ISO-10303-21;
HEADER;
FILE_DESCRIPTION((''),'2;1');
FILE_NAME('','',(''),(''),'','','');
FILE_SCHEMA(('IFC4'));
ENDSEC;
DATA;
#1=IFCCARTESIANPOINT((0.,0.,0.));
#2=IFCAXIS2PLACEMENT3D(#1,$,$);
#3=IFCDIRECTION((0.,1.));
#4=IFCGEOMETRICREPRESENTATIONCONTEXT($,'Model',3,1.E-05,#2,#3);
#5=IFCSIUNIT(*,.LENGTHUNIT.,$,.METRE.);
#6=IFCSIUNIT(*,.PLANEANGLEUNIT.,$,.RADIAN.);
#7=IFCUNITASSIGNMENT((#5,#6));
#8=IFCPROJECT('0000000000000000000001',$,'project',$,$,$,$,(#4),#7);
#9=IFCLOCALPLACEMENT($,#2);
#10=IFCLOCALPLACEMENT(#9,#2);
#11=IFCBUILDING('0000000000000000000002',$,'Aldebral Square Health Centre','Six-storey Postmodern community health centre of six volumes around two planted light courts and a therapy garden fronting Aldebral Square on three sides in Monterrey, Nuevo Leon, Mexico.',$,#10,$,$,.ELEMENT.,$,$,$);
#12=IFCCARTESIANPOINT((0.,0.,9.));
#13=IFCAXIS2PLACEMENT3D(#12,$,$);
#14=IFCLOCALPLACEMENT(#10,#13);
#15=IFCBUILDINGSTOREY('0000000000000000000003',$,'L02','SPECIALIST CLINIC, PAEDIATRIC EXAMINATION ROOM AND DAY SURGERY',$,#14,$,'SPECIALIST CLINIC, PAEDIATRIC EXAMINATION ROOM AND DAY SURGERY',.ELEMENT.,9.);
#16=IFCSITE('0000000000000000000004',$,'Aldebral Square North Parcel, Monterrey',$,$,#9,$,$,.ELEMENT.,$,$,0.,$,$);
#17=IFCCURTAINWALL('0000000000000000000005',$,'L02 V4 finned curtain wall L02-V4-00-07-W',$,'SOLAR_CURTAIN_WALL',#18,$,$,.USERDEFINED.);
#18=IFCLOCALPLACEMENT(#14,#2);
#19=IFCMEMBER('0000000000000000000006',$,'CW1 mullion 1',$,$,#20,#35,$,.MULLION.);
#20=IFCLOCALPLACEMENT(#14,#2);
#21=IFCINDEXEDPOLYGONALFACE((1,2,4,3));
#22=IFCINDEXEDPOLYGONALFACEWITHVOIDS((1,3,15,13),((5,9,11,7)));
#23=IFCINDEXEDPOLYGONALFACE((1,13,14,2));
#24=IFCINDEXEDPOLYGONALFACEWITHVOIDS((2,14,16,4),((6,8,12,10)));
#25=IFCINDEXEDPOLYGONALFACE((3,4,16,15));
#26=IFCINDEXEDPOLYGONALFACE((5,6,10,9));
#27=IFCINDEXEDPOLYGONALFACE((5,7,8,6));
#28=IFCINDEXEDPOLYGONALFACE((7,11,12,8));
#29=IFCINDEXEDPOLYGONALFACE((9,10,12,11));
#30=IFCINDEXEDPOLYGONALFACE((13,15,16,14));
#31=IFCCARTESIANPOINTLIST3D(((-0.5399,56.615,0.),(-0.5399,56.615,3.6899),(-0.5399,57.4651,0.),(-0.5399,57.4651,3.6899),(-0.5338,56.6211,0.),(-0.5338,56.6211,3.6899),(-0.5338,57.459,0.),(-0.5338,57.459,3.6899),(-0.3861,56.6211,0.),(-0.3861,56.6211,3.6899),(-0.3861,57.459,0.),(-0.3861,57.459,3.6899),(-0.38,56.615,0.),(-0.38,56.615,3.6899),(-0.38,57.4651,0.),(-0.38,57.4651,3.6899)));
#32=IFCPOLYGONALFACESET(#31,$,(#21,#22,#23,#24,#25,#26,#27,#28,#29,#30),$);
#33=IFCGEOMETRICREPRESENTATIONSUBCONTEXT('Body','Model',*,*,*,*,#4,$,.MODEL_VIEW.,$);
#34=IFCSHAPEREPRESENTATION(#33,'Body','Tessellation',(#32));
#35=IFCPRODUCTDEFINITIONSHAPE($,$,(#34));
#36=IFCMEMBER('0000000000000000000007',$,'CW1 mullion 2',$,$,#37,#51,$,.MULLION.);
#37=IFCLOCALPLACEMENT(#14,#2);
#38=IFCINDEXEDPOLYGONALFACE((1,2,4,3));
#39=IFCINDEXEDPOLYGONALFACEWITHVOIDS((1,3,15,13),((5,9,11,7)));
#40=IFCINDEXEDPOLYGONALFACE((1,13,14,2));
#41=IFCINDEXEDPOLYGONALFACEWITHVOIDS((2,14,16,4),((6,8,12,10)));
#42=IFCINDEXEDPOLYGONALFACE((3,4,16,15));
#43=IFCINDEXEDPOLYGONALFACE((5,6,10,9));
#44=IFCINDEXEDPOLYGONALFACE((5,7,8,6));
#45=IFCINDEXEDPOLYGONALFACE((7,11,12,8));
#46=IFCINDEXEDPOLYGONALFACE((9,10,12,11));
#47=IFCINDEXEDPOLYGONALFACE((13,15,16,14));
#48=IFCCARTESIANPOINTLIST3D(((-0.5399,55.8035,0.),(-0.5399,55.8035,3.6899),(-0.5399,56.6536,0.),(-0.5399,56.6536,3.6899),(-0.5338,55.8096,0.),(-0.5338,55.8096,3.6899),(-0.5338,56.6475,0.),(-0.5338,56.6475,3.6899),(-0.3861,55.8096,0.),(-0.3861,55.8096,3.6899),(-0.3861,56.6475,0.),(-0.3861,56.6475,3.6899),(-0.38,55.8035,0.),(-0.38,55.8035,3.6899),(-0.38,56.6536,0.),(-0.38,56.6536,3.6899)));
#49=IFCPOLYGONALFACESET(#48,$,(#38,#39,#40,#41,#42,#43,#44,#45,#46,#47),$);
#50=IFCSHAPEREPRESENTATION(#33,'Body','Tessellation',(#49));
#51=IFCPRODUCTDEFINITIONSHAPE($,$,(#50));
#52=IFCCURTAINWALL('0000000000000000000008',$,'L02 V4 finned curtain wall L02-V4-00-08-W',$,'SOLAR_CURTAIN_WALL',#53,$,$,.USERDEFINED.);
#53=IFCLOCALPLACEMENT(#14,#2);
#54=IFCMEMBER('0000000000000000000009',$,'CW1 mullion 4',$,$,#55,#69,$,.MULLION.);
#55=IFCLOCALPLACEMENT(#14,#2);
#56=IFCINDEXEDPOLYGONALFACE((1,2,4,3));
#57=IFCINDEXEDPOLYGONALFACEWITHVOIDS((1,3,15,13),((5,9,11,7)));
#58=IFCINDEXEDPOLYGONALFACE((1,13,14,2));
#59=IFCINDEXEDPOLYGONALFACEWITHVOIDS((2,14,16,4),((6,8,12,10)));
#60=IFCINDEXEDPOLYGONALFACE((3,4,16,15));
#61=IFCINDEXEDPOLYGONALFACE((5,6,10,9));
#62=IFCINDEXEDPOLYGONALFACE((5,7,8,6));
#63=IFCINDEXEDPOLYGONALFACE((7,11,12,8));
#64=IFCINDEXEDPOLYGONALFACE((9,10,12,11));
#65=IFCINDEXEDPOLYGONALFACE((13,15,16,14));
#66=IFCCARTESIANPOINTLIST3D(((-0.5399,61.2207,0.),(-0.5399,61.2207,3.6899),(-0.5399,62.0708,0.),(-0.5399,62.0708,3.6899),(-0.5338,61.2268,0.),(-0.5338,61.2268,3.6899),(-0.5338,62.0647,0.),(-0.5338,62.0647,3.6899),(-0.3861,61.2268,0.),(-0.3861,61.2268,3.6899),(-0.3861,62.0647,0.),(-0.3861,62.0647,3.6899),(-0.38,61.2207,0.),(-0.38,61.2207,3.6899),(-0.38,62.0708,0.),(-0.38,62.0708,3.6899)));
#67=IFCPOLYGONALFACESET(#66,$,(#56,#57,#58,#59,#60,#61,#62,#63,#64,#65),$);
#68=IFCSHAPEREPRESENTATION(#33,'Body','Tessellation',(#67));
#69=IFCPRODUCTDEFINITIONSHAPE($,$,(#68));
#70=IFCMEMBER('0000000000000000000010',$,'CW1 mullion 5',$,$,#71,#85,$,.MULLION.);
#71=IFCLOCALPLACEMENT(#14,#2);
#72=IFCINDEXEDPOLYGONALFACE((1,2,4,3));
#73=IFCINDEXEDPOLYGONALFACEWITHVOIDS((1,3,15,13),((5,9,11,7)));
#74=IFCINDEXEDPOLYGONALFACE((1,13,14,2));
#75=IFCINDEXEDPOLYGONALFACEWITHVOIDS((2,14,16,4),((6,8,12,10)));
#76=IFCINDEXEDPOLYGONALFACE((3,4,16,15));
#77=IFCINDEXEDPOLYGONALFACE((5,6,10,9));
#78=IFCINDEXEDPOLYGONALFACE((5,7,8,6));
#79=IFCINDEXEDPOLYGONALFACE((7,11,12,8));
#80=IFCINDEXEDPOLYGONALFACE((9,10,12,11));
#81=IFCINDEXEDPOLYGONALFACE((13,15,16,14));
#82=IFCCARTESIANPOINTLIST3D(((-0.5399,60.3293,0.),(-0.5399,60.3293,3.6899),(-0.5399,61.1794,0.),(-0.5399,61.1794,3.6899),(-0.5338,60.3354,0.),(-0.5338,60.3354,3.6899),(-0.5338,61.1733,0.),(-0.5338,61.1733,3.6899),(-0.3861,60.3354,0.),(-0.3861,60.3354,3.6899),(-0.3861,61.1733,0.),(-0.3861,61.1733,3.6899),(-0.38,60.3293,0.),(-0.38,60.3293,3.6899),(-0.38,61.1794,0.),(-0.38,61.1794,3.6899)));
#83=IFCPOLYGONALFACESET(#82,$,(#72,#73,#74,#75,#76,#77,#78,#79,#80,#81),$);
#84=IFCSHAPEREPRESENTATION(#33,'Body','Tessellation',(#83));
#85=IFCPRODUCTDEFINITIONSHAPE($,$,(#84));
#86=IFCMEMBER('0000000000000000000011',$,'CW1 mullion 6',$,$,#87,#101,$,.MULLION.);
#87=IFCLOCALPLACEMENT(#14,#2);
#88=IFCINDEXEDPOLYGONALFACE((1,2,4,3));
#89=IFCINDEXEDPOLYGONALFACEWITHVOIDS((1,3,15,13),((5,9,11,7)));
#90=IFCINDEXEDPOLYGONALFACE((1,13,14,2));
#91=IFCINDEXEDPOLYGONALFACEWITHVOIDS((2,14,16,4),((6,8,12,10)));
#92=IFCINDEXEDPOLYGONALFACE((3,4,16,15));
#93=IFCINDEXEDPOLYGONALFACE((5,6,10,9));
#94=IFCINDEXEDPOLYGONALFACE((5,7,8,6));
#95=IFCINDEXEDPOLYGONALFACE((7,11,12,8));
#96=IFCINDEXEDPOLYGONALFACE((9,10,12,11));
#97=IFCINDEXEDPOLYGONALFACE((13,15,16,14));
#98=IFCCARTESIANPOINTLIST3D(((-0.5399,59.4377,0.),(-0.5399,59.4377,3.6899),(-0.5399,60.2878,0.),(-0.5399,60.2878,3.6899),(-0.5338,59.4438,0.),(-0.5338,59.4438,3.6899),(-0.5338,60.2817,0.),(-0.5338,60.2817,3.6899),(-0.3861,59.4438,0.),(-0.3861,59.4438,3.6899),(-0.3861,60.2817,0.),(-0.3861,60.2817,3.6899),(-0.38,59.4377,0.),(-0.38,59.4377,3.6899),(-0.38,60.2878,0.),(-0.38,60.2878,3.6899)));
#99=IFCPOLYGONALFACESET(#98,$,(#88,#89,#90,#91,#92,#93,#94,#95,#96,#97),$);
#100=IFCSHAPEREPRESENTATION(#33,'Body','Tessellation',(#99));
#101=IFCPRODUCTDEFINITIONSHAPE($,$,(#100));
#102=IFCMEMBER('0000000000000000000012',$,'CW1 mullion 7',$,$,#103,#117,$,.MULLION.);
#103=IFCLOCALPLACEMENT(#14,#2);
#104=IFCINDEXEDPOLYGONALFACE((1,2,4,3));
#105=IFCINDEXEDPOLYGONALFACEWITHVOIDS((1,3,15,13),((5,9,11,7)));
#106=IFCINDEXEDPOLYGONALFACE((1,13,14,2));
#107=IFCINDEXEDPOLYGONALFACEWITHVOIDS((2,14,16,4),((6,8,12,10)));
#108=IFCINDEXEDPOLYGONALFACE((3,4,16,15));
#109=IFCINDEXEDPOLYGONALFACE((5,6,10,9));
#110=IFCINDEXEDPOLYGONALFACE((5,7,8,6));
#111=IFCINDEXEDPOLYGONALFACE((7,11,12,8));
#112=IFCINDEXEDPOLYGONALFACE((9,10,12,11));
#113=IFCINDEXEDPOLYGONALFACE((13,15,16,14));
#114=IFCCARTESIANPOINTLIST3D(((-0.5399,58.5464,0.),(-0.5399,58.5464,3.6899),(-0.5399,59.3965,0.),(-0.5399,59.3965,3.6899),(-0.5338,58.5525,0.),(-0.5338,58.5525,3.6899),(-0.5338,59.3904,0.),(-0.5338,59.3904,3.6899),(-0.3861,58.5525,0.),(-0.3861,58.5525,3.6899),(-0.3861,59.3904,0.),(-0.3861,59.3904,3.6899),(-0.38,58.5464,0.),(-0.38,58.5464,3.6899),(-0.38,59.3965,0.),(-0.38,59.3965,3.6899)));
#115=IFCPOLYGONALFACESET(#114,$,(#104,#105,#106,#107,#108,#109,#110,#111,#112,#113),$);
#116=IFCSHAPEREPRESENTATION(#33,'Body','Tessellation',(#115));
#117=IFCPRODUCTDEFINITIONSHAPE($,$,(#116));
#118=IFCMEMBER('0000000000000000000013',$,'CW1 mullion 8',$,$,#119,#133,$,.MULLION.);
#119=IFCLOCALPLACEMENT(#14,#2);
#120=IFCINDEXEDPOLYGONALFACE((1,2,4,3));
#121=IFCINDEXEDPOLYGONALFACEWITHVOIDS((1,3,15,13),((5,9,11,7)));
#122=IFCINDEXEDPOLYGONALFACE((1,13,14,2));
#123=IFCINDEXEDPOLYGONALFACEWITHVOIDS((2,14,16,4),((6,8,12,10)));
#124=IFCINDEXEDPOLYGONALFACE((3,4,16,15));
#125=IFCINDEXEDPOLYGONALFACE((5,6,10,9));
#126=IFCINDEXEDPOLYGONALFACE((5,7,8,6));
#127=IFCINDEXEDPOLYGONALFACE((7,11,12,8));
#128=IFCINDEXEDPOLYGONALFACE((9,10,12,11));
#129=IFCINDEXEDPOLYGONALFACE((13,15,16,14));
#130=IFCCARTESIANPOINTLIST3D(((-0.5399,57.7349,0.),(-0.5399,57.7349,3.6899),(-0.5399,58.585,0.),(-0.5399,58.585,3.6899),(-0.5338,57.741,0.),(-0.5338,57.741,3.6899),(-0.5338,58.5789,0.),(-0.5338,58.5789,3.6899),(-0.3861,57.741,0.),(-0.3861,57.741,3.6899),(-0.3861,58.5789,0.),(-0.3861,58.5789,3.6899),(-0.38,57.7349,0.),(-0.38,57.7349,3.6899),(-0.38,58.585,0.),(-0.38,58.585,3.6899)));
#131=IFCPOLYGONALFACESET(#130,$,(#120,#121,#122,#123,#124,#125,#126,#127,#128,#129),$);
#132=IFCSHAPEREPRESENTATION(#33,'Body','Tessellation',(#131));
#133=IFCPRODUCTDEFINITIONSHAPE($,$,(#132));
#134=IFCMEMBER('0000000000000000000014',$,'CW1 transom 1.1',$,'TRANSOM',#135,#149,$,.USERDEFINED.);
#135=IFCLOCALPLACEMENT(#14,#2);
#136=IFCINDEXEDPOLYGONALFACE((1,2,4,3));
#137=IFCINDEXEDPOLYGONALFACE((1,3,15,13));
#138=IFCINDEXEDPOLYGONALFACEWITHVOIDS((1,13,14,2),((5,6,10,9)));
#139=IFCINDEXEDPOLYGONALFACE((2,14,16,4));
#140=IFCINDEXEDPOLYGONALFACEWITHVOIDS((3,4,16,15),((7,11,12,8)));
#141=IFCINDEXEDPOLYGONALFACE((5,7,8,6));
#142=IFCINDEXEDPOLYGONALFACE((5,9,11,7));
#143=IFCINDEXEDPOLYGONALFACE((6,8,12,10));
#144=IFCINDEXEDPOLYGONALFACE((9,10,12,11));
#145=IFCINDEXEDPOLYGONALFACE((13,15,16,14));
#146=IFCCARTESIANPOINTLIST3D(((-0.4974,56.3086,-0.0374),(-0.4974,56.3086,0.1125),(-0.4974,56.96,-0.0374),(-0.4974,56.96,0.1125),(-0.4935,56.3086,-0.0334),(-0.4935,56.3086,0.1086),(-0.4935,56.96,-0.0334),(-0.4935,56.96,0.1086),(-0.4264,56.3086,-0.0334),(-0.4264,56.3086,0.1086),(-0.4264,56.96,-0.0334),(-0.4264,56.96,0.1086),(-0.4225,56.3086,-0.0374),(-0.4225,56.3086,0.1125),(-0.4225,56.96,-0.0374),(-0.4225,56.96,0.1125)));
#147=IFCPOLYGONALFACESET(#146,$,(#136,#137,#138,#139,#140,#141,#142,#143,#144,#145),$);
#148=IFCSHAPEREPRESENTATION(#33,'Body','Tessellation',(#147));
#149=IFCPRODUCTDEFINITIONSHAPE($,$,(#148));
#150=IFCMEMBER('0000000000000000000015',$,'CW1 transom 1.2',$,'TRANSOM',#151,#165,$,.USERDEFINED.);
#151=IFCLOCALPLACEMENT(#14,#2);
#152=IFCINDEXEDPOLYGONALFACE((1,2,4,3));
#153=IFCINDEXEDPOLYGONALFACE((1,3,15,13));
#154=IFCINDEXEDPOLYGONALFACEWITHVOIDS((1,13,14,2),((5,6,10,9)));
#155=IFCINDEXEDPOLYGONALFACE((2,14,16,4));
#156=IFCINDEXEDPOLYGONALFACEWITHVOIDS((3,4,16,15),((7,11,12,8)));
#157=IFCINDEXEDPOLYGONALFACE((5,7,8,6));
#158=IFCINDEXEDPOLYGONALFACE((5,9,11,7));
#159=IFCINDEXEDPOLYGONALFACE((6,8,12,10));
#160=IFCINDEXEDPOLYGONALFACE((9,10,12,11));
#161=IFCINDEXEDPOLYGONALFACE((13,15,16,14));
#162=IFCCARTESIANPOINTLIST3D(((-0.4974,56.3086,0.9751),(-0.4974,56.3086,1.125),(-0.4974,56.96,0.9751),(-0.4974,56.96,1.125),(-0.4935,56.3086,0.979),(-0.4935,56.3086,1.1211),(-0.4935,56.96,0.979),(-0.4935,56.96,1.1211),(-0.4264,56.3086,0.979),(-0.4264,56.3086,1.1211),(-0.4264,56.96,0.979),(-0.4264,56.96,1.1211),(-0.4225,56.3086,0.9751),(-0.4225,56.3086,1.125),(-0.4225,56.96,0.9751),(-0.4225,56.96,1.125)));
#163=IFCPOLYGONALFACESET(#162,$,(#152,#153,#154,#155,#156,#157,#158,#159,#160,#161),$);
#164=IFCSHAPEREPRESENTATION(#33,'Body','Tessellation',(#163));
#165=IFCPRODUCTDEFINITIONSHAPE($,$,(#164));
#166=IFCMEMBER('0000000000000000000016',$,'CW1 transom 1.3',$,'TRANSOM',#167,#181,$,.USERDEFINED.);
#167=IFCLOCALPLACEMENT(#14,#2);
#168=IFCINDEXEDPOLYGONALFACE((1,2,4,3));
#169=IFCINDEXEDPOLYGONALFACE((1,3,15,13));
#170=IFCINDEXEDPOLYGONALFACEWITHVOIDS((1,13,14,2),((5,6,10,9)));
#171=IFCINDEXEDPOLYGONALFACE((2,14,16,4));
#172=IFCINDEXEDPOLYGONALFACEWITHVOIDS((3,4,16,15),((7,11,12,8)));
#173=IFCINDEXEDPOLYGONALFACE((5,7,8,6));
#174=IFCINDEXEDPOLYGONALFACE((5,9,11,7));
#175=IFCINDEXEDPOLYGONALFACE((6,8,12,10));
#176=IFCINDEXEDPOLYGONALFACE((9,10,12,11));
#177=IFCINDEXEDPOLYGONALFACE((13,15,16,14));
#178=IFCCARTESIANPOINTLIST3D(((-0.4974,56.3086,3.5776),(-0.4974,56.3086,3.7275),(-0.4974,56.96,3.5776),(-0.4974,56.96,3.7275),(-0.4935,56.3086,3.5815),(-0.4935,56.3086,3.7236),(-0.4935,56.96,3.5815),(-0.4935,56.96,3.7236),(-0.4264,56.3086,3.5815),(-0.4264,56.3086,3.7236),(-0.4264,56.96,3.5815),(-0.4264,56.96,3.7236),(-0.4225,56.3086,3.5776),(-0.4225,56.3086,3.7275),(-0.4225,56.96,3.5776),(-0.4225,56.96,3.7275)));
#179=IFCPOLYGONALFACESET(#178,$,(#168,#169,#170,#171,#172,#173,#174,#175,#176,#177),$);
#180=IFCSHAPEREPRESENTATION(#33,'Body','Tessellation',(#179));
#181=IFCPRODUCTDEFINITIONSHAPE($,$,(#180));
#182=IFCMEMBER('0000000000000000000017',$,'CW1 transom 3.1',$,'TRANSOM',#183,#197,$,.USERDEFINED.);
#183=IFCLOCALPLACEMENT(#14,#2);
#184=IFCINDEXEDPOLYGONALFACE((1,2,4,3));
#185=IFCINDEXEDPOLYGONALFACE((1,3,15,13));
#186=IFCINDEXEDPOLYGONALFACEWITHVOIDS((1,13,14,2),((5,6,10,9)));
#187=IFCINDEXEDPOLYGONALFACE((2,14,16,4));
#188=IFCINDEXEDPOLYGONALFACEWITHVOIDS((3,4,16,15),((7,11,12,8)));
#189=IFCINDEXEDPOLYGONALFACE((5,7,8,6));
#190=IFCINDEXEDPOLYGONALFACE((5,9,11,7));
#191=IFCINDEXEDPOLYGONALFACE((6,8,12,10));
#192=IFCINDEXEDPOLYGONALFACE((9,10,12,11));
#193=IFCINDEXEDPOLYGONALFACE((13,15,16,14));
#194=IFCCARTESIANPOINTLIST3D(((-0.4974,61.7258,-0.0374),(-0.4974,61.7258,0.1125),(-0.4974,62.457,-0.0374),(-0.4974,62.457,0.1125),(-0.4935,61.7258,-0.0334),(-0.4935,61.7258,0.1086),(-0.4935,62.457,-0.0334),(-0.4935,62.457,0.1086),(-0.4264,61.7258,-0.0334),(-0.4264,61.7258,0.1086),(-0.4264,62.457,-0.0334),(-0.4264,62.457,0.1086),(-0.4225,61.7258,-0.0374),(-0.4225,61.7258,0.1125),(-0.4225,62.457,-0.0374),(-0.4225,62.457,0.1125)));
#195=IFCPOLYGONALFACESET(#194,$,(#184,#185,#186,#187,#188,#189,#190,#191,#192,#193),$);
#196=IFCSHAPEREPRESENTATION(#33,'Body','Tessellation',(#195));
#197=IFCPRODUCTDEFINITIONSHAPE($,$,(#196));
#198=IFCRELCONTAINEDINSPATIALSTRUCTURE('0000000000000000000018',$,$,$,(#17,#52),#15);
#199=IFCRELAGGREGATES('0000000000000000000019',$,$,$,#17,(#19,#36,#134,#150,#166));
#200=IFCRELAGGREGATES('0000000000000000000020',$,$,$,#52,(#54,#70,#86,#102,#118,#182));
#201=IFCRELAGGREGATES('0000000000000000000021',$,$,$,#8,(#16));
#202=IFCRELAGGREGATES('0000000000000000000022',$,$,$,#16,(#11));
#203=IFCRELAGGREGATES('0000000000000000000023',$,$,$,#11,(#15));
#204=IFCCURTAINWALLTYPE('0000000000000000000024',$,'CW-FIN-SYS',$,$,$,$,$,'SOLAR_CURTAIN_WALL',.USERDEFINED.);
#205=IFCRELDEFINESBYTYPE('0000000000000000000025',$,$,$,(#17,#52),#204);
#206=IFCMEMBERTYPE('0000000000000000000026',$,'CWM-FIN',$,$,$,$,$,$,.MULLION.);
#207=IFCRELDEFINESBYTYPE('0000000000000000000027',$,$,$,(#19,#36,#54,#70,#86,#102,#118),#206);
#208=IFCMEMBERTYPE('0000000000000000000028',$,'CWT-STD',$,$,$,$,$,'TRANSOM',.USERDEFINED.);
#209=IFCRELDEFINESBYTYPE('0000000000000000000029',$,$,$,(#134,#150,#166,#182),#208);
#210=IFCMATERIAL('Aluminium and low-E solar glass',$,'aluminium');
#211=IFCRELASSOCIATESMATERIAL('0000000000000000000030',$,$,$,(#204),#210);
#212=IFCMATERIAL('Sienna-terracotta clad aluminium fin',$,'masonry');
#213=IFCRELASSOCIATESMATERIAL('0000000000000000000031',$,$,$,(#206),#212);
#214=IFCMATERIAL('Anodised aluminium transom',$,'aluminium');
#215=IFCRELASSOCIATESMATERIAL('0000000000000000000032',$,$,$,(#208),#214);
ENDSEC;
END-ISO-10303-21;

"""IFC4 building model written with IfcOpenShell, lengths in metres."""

from ifc_helpers import new_model, si_unit, direction, frame, origin, origin_2d, place, context, subcontext, project, spatial, hollow_rectangle, extrude, material, material_profile, profile_set, type_object, element, aggregate, save


model = new_model("IFC4")

# Units and contexts
model_context = context("Model", 3, precision=1e-05, world=origin(), true_north=direction((0.0, 1.0)))
body_context = subcontext(model_context, "Body", "Model", "MODEL_VIEW")
ifc_project = project(units=[si_unit("LENGTHUNIT", "METRE"), si_unit("PLANEANGLEUNIT", "RADIAN")], contexts=[model_context])

# Site, building, storey
site_placement = place(None, origin())
site = spatial("IfcSite", under=ifc_project, at=site_placement, Name="Aldebral Square North Parcel, Monterrey", CompositionType="ELEMENT", RefElevation=0.0)
building_placement = place(site_placement, origin())
building = spatial("IfcBuilding", under=site, at=building_placement, Name="Aldebral Square Health Centre", Description="Six-storey Postmodern community health centre of six volumes around two planted light courts and a therapy garden fronting Aldebral Square on three sides in Monterrey, Nuevo Leon, Mexico.", CompositionType="ELEMENT")
storey_placement = place(building_placement, frame((0.0, 0.0, 9.0)))
storey = spatial("IfcBuildingStorey", under=building, at=storey_placement, Name="L02", Description="SPECIALIST CLINIC, PAEDIATRIC EXAMINATION ROOM AND DAY SURGERY", LongName="SPECIALIST CLINIC, PAEDIATRIC EXAMINATION ROOM AND DAY SURGERY", CompositionType="ELEMENT", Elevation=9.0)

# Curtain walls, members
ifc_material_1 = material(Name="Aluminium and low-E solar glass", Category="aluminium")
curtain_wall_type = type_object("IfcCurtainWallType", Name="CW-FIN-SYS", ElementType="SOLAR_CURTAIN_WALL", PredefinedType="USERDEFINED", material=ifc_material_1)
curtain_wall_1_placement = place(storey_placement, origin())
curtain_wall_1 = element("IfcCurtainWall", 1, at=curtain_wall_1_placement, inside=storey, type_object=curtain_wall_type, Name="L02 V4 finned curtain wall L02-V4-00-07-W", ObjectType="SOLAR_CURTAIN_WALL", PredefinedType="USERDEFINED")
ifc_material_2 = material(Name="Sienna-terracotta clad aluminium fin", Category="masonry")
ifc_material_profile_1 = material_profile(ifc_material_2, hollow_rectangle(XDim=0.1599, YDim=0.8501, WallThickness=0.0061, at=origin_2d()), Name="FIN 160x850x6")
ifc_profile_set_1 = profile_set([ifc_material_profile_1], Name="Sienna-terracotta clad aluminium fin")
member_type_1 = type_object("IfcMemberType", Name="CWM-FIN", PredefinedType="MULLION", material=ifc_profile_set_1)
member_1_placement = place(storey_placement, frame((-0.46, 57.04, 0.0), z_axis=(0.0, 0.0, 1.0), x_axis=(1.0, 0.0, 0.0)))
member_1 = element("IfcMember", 2, at=member_1_placement, type_object=member_type_1, Name="CW1 mullion 1", PredefinedType="MULLION", context=body_context, shape_type="SweptSolid", body=[
    extrude(hollow_rectangle(XDim=0.1599, YDim=0.8501, WallThickness=0.0061, at=origin_2d()), origin(), (0.0, 0.0, 1.0), 3.6899),
])
member_2_placement = place(storey_placement, frame((-0.46, 56.2285, 0.0), z_axis=(0.0, 0.0, 1.0), x_axis=(1.0, 0.0, 0.0)))
member_2 = element("IfcMember", 3, at=member_2_placement, type_object=member_type_1, Name="CW1 mullion 2", PredefinedType="MULLION", context=body_context, shape_type="SweptSolid", body=[
    extrude(hollow_rectangle(XDim=0.1599, YDim=0.8501, WallThickness=0.0061, at=origin_2d()), origin(), (0.0, 0.0, 1.0), 3.6899),
])
curtain_wall_2_placement = place(storey_placement, origin())
curtain_wall_2 = element("IfcCurtainWall", 4, at=curtain_wall_2_placement, inside=storey, type_object=curtain_wall_type, Name="L02 V4 finned curtain wall L02-V4-00-08-W", ObjectType="SOLAR_CURTAIN_WALL", PredefinedType="USERDEFINED")
member_3_placement = place(storey_placement, frame((-0.46, 61.6458, 0.0), z_axis=(0.0, 0.0, 1.0), x_axis=(1.0, 0.0, 0.0)))
member_3 = element("IfcMember", 5, at=member_3_placement, type_object=member_type_1, Name="CW1 mullion 4", PredefinedType="MULLION", context=body_context, shape_type="SweptSolid", body=[
    extrude(hollow_rectangle(XDim=0.1599, YDim=0.8501, WallThickness=0.0061, at=origin_2d()), origin(), (0.0, 0.0, 1.0), 3.6899),
])
member_4_placement = place(storey_placement, frame((-0.46, 60.7544, 0.0), z_axis=(0.0, 0.0, 1.0), x_axis=(1.0, 0.0, 0.0)))
member_4 = element("IfcMember", 6, at=member_4_placement, type_object=member_type_1, Name="CW1 mullion 5", PredefinedType="MULLION", context=body_context, shape_type="SweptSolid", body=[
    extrude(hollow_rectangle(XDim=0.1599, YDim=0.8501, WallThickness=0.0061, at=origin_2d()), origin(), (0.0, 0.0, 1.0), 3.6899),
])
member_5_placement = place(storey_placement, frame((-0.46, 59.8628, 0.0), z_axis=(0.0, 0.0, 1.0), x_axis=(1.0, 0.0, 0.0)))
member_5 = element("IfcMember", 7, at=member_5_placement, type_object=member_type_1, Name="CW1 mullion 6", PredefinedType="MULLION", context=body_context, shape_type="SweptSolid", body=[
    extrude(hollow_rectangle(XDim=0.1599, YDim=0.8501, WallThickness=0.0061, at=origin_2d()), origin(), (0.0, 0.0, 1.0), 3.6899),
])
member_6_placement = place(storey_placement, frame((-0.46, 58.9714, 0.0), z_axis=(0.0, 0.0, 1.0), x_axis=(1.0, 0.0, 0.0)))
member_6 = element("IfcMember", 8, at=member_6_placement, type_object=member_type_1, Name="CW1 mullion 7", PredefinedType="MULLION", context=body_context, shape_type="SweptSolid", body=[
    extrude(hollow_rectangle(XDim=0.1599, YDim=0.8501, WallThickness=0.0061, at=origin_2d()), origin(), (0.0, 0.0, 1.0), 3.6899),
])
member_7_placement = place(storey_placement, frame((-0.46, 58.1599, 0.0), z_axis=(0.0, 0.0, 1.0), x_axis=(1.0, 0.0, 0.0)))
member_7 = element("IfcMember", 9, at=member_7_placement, type_object=member_type_1, Name="CW1 mullion 8", PredefinedType="MULLION", context=body_context, shape_type="SweptSolid", body=[
    extrude(hollow_rectangle(XDim=0.1599, YDim=0.8501, WallThickness=0.0061, at=origin_2d()), origin(), (0.0, 0.0, 1.0), 3.6899),
])

# Members
ifc_material_3 = material(Name="Anodised aluminium transom", Category="aluminium")
ifc_material_profile_2 = material_profile(ifc_material_3, hollow_rectangle(XDim=0.075, YDim=0.1499, WallThickness=0.0039, at=origin_2d()), Name="CWT 75x150x4")
ifc_profile_set_2 = profile_set([ifc_material_profile_2], Name="Anodised aluminium transom")
member_type_2 = type_object("IfcMemberType", Name="CWT-STD", ElementType="TRANSOM", PredefinedType="USERDEFINED", material=ifc_profile_set_2)
member_8_placement = place(storey_placement, frame((-0.46, 56.96, 0.0376), z_axis=(0.0, -1.0, 0.0), x_axis=(1.0, 0.0, 0.0)))
member_8 = element("IfcMember", 10, at=member_8_placement, type_object=member_type_2, Name="CW1 transom 1.1", ObjectType="TRANSOM", PredefinedType="USERDEFINED", context=body_context, shape_type="SweptSolid", body=[
    extrude(hollow_rectangle(XDim=0.075, YDim=0.1499, WallThickness=0.0039, at=origin_2d()), origin(), (0.0, 0.0, 1.0), 0.6514),
])
member_9_placement = place(storey_placement, frame((-0.46, 56.96, 1.05), z_axis=(0.0, -1.0, 0.0), x_axis=(1.0, 0.0, 0.0)))
member_9 = element("IfcMember", 11, at=member_9_placement, type_object=member_type_2, Name="CW1 transom 1.2", ObjectType="TRANSOM", PredefinedType="USERDEFINED", context=body_context, shape_type="SweptSolid", body=[
    extrude(hollow_rectangle(XDim=0.075, YDim=0.1499, WallThickness=0.0039, at=origin_2d()), origin(), (0.0, 0.0, 1.0), 0.6514),
])
member_10_placement = place(storey_placement, frame((-0.46, 56.96, 3.6526), z_axis=(0.0, -1.0, 0.0), x_axis=(1.0, 0.0, 0.0)))
member_10 = element("IfcMember", 12, at=member_10_placement, type_object=member_type_2, Name="CW1 transom 1.3", ObjectType="TRANSOM", PredefinedType="USERDEFINED", context=body_context, shape_type="SweptSolid", body=[
    extrude(hollow_rectangle(XDim=0.075, YDim=0.1499, WallThickness=0.0039, at=origin_2d()), origin(), (0.0, 0.0, 1.0), 0.6514),
])
member_11_placement = place(storey_placement, frame((-0.46, 62.457, 0.0376), z_axis=(0.0, -1.0, 0.0), x_axis=(1.0, 0.0, 0.0)))
member_11 = element("IfcMember", 13, at=member_11_placement, type_object=member_type_2, Name="CW1 transom 3.1", ObjectType="TRANSOM", PredefinedType="USERDEFINED", context=body_context, shape_type="SweptSolid", body=[
    extrude(hollow_rectangle(XDim=0.075, YDim=0.1499, WallThickness=0.0039, at=origin_2d()), origin(), (0.0, 0.0, 1.0), 0.7312),
])

aggregate(curtain_wall_1, [member_1, member_2, member_8, member_9, member_10])
aggregate(curtain_wall_2, [member_3, member_4, member_5, member_6, member_7, member_11])

save(model, "model.ifc")
